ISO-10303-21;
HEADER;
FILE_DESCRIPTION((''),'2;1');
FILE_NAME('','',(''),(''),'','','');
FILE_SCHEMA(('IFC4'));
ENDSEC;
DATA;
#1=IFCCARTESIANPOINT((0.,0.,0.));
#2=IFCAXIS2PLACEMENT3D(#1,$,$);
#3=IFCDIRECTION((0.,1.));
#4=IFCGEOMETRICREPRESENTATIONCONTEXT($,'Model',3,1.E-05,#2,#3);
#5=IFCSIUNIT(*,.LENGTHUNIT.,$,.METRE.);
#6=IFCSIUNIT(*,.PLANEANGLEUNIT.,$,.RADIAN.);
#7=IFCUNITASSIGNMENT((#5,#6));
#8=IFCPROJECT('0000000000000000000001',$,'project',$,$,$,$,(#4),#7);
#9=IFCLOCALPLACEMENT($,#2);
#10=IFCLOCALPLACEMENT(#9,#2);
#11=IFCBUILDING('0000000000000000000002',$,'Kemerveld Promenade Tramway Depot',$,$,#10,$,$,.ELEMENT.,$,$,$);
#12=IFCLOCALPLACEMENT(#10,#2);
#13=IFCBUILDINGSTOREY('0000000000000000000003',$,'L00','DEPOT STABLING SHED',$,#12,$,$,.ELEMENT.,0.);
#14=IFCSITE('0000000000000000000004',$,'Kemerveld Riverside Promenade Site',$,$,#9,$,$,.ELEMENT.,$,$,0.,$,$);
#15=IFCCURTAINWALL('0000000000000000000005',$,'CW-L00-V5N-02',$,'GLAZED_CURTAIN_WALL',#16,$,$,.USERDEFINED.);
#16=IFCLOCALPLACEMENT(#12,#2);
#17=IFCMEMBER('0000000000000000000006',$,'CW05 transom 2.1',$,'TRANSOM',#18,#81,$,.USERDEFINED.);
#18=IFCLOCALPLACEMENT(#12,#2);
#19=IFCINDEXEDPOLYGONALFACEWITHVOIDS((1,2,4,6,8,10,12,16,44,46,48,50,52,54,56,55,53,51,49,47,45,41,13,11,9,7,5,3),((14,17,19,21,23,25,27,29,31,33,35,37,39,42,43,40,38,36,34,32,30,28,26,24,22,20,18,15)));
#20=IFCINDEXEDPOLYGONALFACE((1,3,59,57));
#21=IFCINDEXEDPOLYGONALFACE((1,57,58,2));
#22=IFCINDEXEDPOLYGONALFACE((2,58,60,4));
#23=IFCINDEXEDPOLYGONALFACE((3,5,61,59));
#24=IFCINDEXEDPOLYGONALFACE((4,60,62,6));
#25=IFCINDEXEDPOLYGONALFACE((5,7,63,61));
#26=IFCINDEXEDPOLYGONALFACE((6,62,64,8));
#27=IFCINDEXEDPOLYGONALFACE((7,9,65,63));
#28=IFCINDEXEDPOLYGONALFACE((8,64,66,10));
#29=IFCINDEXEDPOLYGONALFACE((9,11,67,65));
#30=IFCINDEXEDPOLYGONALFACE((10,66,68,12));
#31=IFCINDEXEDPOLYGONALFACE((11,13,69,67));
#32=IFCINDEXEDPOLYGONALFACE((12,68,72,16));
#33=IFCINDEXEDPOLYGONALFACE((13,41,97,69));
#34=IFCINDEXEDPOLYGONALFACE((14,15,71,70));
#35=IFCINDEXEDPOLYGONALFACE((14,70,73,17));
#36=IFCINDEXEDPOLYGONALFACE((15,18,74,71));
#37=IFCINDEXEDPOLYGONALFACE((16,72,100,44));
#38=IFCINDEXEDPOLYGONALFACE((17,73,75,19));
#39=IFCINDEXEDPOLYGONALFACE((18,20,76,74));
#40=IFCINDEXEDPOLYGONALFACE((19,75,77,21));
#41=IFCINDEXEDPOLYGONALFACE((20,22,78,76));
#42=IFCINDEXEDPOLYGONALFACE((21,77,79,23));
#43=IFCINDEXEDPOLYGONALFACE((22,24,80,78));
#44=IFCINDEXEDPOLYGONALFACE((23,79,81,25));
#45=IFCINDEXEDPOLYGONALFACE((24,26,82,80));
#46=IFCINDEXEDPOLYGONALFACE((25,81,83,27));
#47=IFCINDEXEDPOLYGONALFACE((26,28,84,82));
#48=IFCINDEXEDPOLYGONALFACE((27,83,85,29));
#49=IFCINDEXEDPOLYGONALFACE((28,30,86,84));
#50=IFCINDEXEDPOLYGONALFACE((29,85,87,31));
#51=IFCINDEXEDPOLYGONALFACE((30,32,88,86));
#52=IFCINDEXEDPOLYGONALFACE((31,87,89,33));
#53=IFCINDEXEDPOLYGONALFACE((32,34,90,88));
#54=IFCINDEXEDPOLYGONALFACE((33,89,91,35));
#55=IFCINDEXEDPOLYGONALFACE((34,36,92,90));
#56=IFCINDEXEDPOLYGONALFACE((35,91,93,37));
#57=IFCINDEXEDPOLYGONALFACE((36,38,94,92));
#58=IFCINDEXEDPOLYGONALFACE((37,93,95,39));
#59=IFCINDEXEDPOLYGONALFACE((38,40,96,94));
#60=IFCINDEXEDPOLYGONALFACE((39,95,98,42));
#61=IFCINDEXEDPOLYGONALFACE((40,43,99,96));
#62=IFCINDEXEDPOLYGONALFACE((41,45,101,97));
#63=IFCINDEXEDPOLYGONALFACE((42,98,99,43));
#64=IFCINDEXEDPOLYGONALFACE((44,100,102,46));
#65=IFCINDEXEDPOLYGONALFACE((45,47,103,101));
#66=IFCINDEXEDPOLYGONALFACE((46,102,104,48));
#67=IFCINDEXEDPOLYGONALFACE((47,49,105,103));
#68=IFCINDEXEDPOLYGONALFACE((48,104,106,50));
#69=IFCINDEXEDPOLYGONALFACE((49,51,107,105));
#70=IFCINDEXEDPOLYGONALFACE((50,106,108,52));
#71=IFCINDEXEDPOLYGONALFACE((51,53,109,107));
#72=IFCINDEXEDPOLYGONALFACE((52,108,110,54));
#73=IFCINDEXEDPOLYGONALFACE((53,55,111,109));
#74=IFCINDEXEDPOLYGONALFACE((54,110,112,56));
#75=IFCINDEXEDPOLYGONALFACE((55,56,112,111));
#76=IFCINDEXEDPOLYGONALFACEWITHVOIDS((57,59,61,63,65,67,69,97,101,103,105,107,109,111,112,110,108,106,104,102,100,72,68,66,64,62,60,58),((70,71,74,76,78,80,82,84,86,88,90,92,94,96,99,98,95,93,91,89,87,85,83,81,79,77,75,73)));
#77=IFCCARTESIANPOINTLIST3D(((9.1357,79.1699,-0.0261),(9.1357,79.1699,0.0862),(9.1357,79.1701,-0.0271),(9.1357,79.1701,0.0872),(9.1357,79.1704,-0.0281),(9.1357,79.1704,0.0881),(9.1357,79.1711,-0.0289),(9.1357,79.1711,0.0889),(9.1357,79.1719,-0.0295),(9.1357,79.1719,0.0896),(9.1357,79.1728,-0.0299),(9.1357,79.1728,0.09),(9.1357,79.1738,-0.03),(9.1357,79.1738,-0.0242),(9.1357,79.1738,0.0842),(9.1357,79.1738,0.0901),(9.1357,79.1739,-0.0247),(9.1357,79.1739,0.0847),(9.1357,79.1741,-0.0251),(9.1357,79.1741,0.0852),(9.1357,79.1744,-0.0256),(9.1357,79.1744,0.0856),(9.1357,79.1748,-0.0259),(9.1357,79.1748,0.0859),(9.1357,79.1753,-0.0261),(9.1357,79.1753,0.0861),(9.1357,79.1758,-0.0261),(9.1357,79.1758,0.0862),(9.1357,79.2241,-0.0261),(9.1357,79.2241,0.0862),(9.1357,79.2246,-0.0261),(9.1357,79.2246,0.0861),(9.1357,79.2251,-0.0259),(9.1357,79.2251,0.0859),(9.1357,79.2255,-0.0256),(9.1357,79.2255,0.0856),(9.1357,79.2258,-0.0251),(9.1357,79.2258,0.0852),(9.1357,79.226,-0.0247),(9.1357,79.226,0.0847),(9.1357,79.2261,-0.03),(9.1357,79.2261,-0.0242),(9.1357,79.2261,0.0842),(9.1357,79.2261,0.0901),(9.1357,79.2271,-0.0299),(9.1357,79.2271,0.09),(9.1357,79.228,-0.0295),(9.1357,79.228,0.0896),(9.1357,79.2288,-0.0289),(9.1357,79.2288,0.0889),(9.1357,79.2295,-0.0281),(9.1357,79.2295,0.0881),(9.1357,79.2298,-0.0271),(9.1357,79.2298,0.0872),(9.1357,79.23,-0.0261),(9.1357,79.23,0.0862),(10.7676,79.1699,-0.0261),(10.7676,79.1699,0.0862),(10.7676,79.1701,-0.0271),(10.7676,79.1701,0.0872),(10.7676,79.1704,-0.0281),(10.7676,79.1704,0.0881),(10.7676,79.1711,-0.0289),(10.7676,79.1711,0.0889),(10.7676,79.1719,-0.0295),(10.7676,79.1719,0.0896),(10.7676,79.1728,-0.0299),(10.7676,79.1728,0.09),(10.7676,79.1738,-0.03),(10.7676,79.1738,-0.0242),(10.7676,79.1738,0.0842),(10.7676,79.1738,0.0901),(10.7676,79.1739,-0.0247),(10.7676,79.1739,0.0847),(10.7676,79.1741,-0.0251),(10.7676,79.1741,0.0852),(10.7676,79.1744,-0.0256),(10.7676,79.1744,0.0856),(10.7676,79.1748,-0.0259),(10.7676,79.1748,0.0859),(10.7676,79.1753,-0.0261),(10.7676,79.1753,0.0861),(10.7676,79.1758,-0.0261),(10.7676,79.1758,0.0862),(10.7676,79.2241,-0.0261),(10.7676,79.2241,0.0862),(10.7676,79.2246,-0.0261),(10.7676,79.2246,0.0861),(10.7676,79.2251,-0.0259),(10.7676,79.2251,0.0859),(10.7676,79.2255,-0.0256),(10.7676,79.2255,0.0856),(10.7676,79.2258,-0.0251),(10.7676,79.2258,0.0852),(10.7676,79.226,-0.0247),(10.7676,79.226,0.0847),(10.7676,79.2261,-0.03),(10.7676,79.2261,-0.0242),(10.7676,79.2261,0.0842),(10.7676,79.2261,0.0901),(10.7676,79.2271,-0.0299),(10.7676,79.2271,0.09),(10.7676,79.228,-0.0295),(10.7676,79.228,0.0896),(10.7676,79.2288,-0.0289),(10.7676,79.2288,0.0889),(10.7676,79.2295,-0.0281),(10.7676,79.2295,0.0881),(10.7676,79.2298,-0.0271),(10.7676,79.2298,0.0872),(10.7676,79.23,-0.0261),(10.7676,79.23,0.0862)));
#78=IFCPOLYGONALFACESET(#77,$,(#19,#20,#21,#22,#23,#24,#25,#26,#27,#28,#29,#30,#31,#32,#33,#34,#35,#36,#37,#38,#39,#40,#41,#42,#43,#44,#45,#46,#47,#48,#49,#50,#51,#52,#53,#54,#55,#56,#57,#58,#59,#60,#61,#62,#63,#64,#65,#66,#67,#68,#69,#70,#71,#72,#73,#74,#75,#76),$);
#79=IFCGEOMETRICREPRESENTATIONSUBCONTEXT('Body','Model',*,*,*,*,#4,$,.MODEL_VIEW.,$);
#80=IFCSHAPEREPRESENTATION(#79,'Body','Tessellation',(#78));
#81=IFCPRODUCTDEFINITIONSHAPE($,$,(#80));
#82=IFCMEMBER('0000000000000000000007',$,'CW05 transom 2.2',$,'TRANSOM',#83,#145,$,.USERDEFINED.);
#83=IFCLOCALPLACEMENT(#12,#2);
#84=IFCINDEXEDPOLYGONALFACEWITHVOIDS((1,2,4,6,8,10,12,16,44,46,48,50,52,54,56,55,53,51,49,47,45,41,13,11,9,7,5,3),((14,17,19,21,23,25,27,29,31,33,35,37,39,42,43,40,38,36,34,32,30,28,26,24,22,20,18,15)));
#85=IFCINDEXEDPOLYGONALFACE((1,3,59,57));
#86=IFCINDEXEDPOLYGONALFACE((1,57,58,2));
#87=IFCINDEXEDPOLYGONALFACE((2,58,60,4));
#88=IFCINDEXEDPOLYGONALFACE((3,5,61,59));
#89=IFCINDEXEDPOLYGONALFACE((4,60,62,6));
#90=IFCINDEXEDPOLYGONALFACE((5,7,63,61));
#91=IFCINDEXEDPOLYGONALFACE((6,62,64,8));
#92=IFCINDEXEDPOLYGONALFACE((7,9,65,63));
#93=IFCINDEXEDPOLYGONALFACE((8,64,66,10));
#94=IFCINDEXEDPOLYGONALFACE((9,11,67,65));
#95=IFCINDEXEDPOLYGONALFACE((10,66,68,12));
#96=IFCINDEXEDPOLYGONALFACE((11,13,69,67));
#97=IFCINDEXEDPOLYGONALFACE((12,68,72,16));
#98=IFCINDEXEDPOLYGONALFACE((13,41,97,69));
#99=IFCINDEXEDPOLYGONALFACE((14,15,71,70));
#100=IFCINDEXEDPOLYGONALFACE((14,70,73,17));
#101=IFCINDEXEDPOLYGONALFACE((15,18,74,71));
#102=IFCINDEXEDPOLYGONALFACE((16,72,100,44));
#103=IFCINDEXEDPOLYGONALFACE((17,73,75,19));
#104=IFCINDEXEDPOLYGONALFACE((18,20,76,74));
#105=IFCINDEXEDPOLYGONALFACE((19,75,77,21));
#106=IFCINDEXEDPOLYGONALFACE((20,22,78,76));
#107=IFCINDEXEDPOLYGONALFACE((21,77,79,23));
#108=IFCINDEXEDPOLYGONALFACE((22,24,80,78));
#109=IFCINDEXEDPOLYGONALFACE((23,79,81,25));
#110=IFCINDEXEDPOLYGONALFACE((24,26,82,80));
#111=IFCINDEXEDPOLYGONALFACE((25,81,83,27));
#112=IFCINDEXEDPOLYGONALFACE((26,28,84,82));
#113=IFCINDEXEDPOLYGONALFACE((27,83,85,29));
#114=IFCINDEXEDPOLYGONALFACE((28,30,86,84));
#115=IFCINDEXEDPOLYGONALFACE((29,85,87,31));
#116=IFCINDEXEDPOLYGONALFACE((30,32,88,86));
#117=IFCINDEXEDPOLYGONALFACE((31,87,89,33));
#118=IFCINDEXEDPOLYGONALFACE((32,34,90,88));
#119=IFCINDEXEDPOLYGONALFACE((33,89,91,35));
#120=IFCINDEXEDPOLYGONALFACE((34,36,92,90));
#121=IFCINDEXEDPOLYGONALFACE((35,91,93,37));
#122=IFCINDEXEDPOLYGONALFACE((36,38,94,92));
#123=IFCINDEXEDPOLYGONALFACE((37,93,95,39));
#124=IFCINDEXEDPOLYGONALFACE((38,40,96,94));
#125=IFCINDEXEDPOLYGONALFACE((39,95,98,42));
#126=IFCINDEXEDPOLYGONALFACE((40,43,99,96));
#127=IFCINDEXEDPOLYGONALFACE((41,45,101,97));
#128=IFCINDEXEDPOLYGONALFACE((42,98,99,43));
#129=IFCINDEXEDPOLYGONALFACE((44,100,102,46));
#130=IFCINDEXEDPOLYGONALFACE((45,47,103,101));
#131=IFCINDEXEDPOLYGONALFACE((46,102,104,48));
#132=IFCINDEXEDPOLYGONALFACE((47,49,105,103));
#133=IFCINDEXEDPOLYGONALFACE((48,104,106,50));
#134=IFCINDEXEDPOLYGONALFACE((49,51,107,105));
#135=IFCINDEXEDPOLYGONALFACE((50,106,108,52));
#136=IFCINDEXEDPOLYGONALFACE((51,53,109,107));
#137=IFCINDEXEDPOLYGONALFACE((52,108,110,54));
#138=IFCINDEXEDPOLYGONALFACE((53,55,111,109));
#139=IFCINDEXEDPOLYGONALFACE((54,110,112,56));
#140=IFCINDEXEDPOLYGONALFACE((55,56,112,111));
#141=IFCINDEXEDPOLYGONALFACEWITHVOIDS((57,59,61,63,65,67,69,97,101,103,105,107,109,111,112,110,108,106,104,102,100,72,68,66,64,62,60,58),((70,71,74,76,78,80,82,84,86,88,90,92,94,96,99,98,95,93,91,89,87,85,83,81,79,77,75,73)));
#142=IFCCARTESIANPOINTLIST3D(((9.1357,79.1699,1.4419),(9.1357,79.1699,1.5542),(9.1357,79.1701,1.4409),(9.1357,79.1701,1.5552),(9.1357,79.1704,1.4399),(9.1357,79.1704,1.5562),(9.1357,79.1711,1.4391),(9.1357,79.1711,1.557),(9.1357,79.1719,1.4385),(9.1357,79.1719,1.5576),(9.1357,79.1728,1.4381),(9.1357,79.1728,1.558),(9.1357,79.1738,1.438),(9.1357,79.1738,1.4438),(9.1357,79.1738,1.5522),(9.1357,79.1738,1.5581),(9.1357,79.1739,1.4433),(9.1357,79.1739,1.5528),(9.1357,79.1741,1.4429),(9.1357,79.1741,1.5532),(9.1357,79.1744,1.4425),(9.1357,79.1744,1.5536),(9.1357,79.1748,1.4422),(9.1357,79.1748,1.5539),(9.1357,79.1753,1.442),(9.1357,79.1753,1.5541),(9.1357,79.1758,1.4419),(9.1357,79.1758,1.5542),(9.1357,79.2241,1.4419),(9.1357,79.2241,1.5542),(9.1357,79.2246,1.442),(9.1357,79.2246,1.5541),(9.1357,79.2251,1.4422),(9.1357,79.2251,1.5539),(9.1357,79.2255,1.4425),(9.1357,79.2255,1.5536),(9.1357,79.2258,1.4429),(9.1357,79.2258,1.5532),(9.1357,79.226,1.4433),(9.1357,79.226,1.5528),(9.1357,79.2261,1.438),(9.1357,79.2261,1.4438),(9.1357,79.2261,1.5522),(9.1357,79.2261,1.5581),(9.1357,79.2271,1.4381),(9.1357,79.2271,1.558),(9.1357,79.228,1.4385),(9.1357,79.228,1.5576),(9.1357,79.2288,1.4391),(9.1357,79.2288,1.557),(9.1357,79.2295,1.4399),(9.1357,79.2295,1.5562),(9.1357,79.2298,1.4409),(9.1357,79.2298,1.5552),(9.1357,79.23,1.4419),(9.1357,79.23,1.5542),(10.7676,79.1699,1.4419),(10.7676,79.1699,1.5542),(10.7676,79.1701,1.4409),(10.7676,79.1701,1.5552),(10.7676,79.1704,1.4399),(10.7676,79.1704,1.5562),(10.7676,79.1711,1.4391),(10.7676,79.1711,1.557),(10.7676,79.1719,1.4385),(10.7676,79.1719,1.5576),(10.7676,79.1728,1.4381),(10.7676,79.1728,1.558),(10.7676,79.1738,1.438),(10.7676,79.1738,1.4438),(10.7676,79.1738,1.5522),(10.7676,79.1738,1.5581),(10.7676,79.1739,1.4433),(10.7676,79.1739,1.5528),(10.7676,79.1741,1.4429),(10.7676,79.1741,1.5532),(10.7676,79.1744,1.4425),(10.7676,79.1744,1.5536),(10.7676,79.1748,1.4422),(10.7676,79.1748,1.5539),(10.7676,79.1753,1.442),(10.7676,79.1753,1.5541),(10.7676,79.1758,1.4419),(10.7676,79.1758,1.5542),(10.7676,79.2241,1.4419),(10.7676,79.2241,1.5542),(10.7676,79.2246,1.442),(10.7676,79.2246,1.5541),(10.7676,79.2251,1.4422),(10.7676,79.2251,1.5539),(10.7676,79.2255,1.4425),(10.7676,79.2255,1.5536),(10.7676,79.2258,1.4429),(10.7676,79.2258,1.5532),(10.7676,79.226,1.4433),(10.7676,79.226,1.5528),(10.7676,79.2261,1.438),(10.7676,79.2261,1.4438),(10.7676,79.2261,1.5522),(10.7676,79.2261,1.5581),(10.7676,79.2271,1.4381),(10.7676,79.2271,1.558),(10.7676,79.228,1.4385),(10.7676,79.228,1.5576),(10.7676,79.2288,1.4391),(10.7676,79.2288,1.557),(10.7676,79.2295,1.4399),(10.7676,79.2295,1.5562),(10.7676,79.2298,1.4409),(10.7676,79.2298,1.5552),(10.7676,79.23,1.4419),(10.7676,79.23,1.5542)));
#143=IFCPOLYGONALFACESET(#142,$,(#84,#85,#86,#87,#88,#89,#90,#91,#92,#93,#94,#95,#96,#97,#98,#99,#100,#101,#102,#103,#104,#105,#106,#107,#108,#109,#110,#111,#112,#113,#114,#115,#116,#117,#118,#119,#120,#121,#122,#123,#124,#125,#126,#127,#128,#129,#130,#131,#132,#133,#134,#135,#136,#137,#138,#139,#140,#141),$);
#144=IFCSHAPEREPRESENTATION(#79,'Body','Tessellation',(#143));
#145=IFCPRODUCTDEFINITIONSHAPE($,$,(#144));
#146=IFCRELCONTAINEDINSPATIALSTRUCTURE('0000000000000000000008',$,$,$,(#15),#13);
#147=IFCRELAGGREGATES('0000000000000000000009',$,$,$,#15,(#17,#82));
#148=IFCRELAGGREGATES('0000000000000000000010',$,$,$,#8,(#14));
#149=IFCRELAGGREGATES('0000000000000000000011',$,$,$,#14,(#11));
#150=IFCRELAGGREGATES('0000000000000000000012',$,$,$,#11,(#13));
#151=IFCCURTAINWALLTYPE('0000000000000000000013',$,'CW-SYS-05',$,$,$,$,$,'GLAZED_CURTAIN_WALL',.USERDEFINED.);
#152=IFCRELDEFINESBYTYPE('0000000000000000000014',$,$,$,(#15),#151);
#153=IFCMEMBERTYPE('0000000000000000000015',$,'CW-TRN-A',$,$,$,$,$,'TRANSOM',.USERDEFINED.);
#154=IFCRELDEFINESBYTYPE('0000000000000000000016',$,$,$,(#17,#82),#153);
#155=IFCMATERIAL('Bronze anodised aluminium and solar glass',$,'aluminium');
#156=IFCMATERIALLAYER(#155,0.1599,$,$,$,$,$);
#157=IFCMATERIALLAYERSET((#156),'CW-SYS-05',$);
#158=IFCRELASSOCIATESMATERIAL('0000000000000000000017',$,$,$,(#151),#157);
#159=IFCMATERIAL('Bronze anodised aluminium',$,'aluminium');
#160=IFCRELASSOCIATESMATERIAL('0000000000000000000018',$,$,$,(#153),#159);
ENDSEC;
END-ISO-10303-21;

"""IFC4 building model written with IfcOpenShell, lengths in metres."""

from ifc_helpers import new_model, si_unit, direction, frame, origin, origin_2d, place, context, subcontext, project, spatial, hollow_rectangle, extrude, material, layer, layer_set, material_profile, profile_set, type_object, element, aggregate, save


model = new_model("IFC4")

# Units and contexts
model_context = context("Model", 3, precision=1e-05, world=origin(), true_north=direction((0.0, 1.0)))
body_context = subcontext(model_context, "Body", "Model", "MODEL_VIEW")
ifc_project = project(units=[si_unit("LENGTHUNIT", "METRE"), si_unit("PLANEANGLEUNIT", "RADIAN")], contexts=[model_context])

# Site, building, storey
site_placement = place(None, origin())
site = spatial("IfcSite", under=ifc_project, at=site_placement, Name="Kemerveld Riverside Promenade Site", CompositionType="ELEMENT", RefElevation=0.0)
building_placement = place(site_placement, origin())
building = spatial("IfcBuilding", under=site, at=building_placement, Name="Kemerveld Promenade Tramway Depot", CompositionType="ELEMENT")
storey_placement = place(building_placement, origin())
storey = spatial("IfcBuildingStorey", under=building, at=storey_placement, Name="L00", Description="DEPOT STABLING SHED", CompositionType="ELEMENT", Elevation=0.0)

# Curtain wall, members
ifc_material_1 = material(Name="Bronze anodised aluminium and solar glass", Category="aluminium")
ifc_layer_1 = layer(ifc_material_1, 0.1599)
ifc_layer_set_1 = layer_set([ifc_layer_1], Name="CW-SYS-05")
curtain_wall_type = type_object("IfcCurtainWallType", Name="CW-SYS-05", ElementType="GLAZED_CURTAIN_WALL", PredefinedType="USERDEFINED", material=ifc_layer_set_1)
curtain_wall_placement = place(storey_placement, origin())
curtain_wall = element("IfcCurtainWall", 1, at=curtain_wall_placement, inside=storey, type_object=curtain_wall_type, Name="CW-L00-V5N-02", ObjectType="GLAZED_CURTAIN_WALL", PredefinedType="USERDEFINED")
ifc_material_2 = material(Name="Bronze anodised aluminium", Category="aluminium")
ifc_material_profile_1 = material_profile(ifc_material_2, hollow_rectangle(XDim=0.0601, YDim=0.1201, WallThickness=0.0039, InnerFilletRadius=0.002, OuterFilletRadius=0.0039, at=origin_2d()), Name="CW-TRN-120x60")
ifc_profile_set_1 = profile_set([ifc_material_profile_1], Name="Bronze anodised aluminium")
member_type_1 = type_object("IfcMemberType", Name="CW-TRN-A", ElementType="TRANSOM", PredefinedType="USERDEFINED", material=ifc_profile_set_1)
member_1_placement = place(storey_placement, frame((9.1357, 79.2, 0.03), z_axis=(1.0, 0.0, 0.0), x_axis=(0.0, 1.0, 0.0)))
member_1 = element("IfcMember", 2, at=member_1_placement, type_object=member_type_1, Name="CW05 transom 2.1", ObjectType="TRANSOM", PredefinedType="USERDEFINED", context=body_context, shape_type="SweptSolid", body=[
    extrude(hollow_rectangle(XDim=0.0601, YDim=0.1201, WallThickness=0.0039, InnerFilletRadius=0.002, OuterFilletRadius=0.0039, at=origin_2d()), origin(), (0.0, 0.0, 1.0), 1.6318),
])
member_2_placement = place(storey_placement, frame((9.1357, 79.2, 1.498), z_axis=(1.0, 0.0, 0.0), x_axis=(0.0, 1.0, 0.0)))
member_2 = element("IfcMember", 3, at=member_2_placement, type_object=member_type_1, Name="CW05 transom 2.2", ObjectType="TRANSOM", PredefinedType="USERDEFINED", context=body_context, shape_type="SweptSolid", body=[
    extrude(hollow_rectangle(XDim=0.0601, YDim=0.1201, WallThickness=0.0039, InnerFilletRadius=0.002, OuterFilletRadius=0.0039, at=origin_2d()), origin(), (0.0, 0.0, 1.0), 1.6318),
])
aggregate(curtain_wall, [member_1, member_2])

save(model, "model.ifc")
